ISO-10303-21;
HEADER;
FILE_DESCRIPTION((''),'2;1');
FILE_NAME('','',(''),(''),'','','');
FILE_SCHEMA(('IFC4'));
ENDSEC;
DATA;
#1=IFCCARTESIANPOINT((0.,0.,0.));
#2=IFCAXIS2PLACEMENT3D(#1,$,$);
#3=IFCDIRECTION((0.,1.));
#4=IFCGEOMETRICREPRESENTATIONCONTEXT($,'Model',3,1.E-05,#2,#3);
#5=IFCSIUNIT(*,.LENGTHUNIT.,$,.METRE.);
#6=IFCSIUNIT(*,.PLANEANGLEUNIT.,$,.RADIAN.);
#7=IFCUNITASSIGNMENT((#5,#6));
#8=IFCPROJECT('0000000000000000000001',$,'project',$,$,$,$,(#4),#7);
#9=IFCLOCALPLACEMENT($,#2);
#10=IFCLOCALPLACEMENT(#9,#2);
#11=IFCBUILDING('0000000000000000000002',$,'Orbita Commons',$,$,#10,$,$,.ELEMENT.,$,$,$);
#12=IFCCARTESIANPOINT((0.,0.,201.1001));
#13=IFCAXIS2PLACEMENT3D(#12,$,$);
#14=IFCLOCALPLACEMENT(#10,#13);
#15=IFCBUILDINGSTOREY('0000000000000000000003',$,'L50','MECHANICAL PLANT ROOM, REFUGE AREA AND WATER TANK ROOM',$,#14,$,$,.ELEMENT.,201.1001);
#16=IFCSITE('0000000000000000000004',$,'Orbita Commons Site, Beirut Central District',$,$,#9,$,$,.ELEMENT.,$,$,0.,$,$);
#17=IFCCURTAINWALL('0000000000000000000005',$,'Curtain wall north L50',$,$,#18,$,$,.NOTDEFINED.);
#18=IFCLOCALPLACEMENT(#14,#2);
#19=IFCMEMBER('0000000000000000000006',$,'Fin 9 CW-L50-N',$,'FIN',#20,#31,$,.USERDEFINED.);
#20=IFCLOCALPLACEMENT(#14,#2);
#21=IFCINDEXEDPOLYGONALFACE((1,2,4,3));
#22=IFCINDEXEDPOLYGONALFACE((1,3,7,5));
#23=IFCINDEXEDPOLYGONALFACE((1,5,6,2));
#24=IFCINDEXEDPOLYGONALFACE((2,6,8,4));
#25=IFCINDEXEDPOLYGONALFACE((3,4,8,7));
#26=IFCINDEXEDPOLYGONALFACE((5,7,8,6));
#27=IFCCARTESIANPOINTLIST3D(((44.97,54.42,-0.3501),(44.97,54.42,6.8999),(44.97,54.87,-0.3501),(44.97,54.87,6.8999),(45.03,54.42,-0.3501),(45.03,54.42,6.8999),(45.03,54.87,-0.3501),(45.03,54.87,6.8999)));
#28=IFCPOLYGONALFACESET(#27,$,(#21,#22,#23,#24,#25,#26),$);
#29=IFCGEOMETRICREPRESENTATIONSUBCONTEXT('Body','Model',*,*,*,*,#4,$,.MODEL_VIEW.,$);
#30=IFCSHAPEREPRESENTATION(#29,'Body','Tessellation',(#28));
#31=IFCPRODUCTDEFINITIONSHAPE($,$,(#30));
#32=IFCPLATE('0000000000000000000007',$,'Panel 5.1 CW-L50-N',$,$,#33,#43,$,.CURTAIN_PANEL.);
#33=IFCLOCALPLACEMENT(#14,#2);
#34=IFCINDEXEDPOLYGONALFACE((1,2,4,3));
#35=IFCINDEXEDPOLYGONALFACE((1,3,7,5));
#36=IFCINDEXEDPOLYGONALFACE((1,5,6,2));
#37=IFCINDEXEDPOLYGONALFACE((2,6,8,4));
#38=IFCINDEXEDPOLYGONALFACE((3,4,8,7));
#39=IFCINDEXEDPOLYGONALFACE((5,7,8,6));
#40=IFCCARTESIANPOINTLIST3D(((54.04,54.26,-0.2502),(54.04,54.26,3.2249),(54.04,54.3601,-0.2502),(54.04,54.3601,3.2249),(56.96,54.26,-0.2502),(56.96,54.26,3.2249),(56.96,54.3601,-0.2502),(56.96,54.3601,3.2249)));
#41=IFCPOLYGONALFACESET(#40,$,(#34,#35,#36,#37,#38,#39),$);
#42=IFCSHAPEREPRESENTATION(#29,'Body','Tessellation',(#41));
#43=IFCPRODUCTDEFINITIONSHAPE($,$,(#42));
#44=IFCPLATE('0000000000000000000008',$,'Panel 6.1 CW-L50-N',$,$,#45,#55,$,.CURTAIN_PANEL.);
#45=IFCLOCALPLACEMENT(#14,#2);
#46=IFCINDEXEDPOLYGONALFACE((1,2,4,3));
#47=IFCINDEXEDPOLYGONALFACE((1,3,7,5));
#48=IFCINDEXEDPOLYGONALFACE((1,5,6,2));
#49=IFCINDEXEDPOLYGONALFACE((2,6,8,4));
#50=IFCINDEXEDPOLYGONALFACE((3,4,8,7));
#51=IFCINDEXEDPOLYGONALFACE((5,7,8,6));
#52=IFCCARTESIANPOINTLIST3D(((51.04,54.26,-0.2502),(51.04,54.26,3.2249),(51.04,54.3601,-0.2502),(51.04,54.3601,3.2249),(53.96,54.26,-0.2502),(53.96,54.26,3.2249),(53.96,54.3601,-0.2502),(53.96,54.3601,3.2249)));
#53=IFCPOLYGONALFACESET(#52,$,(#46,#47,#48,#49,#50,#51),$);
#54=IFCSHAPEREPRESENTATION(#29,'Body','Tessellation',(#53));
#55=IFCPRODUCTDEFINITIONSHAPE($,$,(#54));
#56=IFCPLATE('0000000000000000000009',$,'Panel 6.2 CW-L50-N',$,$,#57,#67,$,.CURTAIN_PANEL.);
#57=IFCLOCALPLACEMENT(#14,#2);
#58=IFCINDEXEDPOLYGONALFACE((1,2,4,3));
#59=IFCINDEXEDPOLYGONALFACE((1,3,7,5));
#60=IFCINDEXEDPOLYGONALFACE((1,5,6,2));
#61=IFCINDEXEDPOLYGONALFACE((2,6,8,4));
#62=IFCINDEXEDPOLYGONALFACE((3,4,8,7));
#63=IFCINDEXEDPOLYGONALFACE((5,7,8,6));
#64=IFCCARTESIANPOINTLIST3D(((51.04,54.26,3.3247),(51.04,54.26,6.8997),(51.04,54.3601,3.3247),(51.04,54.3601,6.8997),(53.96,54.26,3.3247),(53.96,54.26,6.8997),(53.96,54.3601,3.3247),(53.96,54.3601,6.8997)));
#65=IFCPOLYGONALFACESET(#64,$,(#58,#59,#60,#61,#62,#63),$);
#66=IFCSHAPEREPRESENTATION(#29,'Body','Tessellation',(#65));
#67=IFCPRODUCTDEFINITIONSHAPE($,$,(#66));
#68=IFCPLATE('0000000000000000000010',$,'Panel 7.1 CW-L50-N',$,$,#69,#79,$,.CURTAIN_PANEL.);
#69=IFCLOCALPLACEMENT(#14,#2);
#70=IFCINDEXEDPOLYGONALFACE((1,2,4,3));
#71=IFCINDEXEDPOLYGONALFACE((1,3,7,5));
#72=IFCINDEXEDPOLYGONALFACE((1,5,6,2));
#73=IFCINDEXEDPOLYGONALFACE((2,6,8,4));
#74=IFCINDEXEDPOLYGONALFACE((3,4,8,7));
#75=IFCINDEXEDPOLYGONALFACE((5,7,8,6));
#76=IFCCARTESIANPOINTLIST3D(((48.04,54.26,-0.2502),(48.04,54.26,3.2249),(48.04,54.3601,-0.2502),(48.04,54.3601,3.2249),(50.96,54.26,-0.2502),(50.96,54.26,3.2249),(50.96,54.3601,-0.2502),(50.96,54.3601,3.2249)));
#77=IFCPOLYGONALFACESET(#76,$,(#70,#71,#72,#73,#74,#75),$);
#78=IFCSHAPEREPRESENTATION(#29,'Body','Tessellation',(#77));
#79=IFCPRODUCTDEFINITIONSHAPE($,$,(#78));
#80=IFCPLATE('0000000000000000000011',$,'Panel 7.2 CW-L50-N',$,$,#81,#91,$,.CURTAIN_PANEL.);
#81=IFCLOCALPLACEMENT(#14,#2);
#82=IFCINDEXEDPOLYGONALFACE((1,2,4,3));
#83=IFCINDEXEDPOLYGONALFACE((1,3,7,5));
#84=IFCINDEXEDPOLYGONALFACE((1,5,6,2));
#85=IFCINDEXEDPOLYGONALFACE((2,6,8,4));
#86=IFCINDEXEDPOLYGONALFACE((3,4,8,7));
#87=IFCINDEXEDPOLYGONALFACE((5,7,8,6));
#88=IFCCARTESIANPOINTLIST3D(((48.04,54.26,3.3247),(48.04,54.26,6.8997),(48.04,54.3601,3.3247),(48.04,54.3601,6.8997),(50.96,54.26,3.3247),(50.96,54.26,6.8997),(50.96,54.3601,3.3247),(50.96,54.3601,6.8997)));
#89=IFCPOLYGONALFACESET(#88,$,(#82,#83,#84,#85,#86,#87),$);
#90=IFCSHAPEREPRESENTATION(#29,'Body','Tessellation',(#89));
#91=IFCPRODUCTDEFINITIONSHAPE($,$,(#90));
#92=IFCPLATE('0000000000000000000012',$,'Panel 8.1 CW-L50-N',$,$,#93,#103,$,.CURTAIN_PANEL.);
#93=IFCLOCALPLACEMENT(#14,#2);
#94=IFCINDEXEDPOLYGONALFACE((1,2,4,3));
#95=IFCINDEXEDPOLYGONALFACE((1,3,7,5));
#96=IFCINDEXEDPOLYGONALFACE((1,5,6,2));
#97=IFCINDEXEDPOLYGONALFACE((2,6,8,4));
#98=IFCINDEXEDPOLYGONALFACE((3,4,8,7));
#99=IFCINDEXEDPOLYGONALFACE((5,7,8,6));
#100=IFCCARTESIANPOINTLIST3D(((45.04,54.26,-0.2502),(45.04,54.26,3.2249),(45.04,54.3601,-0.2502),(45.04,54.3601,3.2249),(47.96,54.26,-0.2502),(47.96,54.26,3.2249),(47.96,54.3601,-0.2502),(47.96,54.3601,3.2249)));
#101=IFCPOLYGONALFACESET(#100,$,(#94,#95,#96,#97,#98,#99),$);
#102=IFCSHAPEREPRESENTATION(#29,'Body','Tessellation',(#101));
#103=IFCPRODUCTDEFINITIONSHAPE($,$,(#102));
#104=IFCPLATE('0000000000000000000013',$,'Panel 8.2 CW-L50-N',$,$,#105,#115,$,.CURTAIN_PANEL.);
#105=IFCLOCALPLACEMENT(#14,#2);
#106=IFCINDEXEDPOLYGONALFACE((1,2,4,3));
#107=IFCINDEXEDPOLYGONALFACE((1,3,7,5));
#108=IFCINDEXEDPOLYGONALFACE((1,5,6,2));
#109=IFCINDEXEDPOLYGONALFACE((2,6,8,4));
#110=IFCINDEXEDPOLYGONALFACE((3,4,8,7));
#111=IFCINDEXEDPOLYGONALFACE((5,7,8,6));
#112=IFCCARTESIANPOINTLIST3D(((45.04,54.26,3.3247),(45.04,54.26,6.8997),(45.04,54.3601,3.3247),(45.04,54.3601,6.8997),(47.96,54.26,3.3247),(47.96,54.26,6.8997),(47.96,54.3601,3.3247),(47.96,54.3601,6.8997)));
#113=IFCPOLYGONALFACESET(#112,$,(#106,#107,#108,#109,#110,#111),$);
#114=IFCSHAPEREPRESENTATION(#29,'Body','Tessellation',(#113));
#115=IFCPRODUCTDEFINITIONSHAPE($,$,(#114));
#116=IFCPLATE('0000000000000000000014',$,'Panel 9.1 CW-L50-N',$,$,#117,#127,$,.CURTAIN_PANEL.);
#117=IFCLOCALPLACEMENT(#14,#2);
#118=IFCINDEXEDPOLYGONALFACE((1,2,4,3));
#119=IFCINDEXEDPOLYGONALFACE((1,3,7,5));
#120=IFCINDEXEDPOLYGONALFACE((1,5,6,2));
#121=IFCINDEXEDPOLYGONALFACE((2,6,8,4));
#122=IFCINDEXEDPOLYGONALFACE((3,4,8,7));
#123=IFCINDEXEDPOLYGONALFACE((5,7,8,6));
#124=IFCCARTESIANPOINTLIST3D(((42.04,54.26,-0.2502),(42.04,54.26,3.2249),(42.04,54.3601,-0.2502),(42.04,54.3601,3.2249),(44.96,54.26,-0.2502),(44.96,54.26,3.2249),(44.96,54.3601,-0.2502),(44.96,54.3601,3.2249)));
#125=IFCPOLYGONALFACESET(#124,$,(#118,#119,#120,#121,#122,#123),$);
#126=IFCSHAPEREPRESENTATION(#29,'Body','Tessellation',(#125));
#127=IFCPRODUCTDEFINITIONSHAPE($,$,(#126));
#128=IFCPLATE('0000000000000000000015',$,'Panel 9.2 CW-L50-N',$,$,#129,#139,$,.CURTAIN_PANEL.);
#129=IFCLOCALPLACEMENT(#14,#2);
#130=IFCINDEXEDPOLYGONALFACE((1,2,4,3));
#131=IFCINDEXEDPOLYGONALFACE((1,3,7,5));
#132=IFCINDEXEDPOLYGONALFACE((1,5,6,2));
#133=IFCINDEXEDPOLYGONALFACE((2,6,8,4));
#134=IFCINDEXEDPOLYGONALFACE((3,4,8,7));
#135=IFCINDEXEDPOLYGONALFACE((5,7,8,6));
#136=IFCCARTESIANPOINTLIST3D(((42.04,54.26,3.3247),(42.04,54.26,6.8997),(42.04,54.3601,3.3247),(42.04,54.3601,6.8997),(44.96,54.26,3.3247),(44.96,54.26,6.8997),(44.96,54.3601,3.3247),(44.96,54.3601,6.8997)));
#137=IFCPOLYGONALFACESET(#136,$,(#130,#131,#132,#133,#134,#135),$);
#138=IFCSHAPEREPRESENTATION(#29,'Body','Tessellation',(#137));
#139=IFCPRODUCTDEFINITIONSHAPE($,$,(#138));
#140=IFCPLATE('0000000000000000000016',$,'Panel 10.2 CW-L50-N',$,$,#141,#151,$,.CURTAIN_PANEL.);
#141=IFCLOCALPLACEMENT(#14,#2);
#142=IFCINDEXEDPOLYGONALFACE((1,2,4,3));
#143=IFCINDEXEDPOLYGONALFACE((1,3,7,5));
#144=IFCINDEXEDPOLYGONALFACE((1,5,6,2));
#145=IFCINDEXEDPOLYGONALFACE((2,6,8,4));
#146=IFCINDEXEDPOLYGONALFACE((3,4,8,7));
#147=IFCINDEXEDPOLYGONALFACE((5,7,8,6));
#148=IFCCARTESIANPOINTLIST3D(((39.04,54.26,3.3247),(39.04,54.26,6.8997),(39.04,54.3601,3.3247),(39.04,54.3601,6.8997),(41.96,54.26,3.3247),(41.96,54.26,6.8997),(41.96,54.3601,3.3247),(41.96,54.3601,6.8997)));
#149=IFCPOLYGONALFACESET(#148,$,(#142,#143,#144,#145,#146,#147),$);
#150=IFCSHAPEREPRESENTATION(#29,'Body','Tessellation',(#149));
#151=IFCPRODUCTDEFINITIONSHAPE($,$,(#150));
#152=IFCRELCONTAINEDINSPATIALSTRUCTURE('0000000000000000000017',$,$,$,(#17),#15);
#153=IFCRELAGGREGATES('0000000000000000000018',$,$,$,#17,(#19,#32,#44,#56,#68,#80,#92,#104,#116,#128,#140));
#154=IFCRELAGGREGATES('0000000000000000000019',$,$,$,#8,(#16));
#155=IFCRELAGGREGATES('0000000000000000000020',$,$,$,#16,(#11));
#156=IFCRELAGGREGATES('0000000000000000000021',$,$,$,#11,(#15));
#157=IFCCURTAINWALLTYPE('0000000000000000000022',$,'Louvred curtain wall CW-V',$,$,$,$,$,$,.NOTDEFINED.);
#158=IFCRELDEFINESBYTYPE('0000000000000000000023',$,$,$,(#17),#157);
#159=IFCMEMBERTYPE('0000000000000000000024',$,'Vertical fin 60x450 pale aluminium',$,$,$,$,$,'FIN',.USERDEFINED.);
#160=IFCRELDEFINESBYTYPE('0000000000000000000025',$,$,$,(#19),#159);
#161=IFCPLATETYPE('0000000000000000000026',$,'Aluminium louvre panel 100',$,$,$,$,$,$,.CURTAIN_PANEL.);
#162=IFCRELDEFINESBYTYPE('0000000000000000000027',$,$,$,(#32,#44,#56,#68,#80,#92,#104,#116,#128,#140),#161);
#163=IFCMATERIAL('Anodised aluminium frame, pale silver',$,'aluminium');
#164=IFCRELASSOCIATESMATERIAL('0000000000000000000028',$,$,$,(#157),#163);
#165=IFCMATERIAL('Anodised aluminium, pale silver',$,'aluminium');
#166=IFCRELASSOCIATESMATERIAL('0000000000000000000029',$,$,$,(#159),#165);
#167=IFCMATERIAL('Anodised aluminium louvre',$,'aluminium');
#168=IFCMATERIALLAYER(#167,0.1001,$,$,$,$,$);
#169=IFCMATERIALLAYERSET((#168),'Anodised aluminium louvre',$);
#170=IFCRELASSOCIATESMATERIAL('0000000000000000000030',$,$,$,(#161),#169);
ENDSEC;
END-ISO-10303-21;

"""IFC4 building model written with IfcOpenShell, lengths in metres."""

from ifc_helpers import new_model, si_unit, direction, frame, origin, origin_2d, place, context, subcontext, project, spatial, rectangle, extrude, material, layer, layer_set, material_profile, profile_set, type_object, element, aggregate, save


model = new_model("IFC4")

# Units and contexts
model_context = context("Model", 3, precision=1e-05, world=origin(), true_north=direction((0.0, 1.0)))
body_context = subcontext(model_context, "Body", "Model", "MODEL_VIEW")
ifc_project = project(units=[si_unit("LENGTHUNIT", "METRE"), si_unit("PLANEANGLEUNIT", "RADIAN")], contexts=[model_context])

# Site, building, storey
site_placement = place(None, origin())
site = spatial("IfcSite", under=ifc_project, at=site_placement, Name="Orbita Commons Site, Beirut Central District", CompositionType="ELEMENT", RefElevation=0.0)
building_placement = place(site_placement, origin())
building = spatial("IfcBuilding", under=site, at=building_placement, Name="Orbita Commons", CompositionType="ELEMENT")
storey_placement = place(building_placement, frame((0.0, 0.0, 201.1001)))
storey = spatial("IfcBuildingStorey", under=building, at=storey_placement, Name="L50", Description="MECHANICAL PLANT ROOM, REFUGE AREA AND WATER TANK ROOM", CompositionType="ELEMENT", Elevation=201.1001)

# Curtain wall, member, plates
ifc_material_1 = material(Name="Anodised aluminium frame, pale silver", Category="aluminium")
curtain_wall_type = type_object("IfcCurtainWallType", Name="Louvred curtain wall CW-V", PredefinedType="NOTDEFINED", material=ifc_material_1)
curtain_wall_placement = place(storey_placement, origin())
curtain_wall = element("IfcCurtainWall", 1, at=curtain_wall_placement, inside=storey, type_object=curtain_wall_type, Name="Curtain wall north L50", PredefinedType="NOTDEFINED")
ifc_material_2 = material(Name="Anodised aluminium, pale silver", Category="aluminium")
ifc_material_profile_1 = material_profile(ifc_material_2, rectangle(XDim=0.0601, YDim=0.45, at=origin_2d()), Name="FIN 60x450")
ifc_profile_set_1 = profile_set([ifc_material_profile_1], Name="Anodised aluminium, pale silver")
member_type_1 = type_object("IfcMemberType", Name="Vertical fin 60x450 pale aluminium", ElementType="FIN", PredefinedType="USERDEFINED", material=ifc_profile_set_1)
member_1_placement = place(storey_placement, frame((45.0, 54.645, -0.3501), z_axis=(0.0, 0.0, 1.0), x_axis=(-1.0, 0.0, 0.0)))
member_1 = element("IfcMember", 2, at=member_1_placement, type_object=member_type_1, Name="Fin 9 CW-L50-N", ObjectType="FIN", PredefinedType="USERDEFINED", context=body_context, shape_type="SweptSolid", body=[
    extrude(rectangle(XDim=0.0601, YDim=0.45, at=origin_2d()), origin(), (0.0, 0.0, 1.0), 7.25),
])
ifc_material_3 = material(Name="Anodised aluminium louvre", Category="aluminium")
ifc_layer = layer(ifc_material_3, 0.1001)
ifc_layer_set = layer_set([ifc_layer], Name="Anodised aluminium louvre")
plate_type = type_object("IfcPlateType", Name="Aluminium louvre panel 100", PredefinedType="CURTAIN_PANEL", material=ifc_layer_set)
plate_1_placement = place(storey_placement, frame((55.5, 54.3101, -0.2502), z_axis=(0.0, 0.0, 1.0), x_axis=(-1.0, 0.0, 0.0)))
plate_1 = element("IfcPlate", 3, at=plate_1_placement, type_object=plate_type, Name="Panel 5.1 CW-L50-N", PredefinedType="CURTAIN_PANEL", context=body_context, shape_type="SweptSolid", body=[
    extrude(rectangle(XDim=2.9199, YDim=0.1001, at=origin_2d()), origin(), (0.0, 0.0, 1.0), 3.4751),
])
plate_2_placement = place(storey_placement, frame((52.5, 54.3101, -0.2502), z_axis=(0.0, 0.0, 1.0), x_axis=(-1.0, 0.0, 0.0)))
plate_2 = element("IfcPlate", 4, at=plate_2_placement, type_object=plate_type, Name="Panel 6.1 CW-L50-N", PredefinedType="CURTAIN_PANEL", context=body_context, shape_type="SweptSolid", body=[
    extrude(rectangle(XDim=2.9199, YDim=0.1001, at=origin_2d()), origin(), (0.0, 0.0, 1.0), 3.4751),
])
plate_3_placement = place(storey_placement, frame((52.5, 54.3101, 3.3247), z_axis=(0.0, 0.0, 1.0), x_axis=(-1.0, 0.0, 0.0)))
plate_3 = element("IfcPlate", 5, at=plate_3_placement, type_object=plate_type, Name="Panel 6.2 CW-L50-N", PredefinedType="CURTAIN_PANEL", context=body_context, shape_type="SweptSolid", body=[
    extrude(rectangle(XDim=2.9199, YDim=0.1001, at=origin_2d()), origin(), (0.0, 0.0, 1.0), 3.575),
])
plate_4_placement = place(storey_placement, frame((49.5, 54.3101, -0.2502), z_axis=(0.0, 0.0, 1.0), x_axis=(-1.0, 0.0, 0.0)))
plate_4 = element("IfcPlate", 6, at=plate_4_placement, type_object=plate_type, Name="Panel 7.1 CW-L50-N", PredefinedType="CURTAIN_PANEL", context=body_context, shape_type="SweptSolid", body=[
    extrude(rectangle(XDim=2.9199, YDim=0.1001, at=origin_2d()), origin(), (0.0, 0.0, 1.0), 3.4751),
])
plate_5_placement = place(storey_placement, frame((49.5, 54.3101, 3.3247), z_axis=(0.0, 0.0, 1.0), x_axis=(-1.0, 0.0, 0.0)))
plate_5 = element("IfcPlate", 7, at=plate_5_placement, type_object=plate_type, Name="Panel 7.2 CW-L50-N", PredefinedType="CURTAIN_PANEL", context=body_context, shape_type="SweptSolid", body=[
    extrude(rectangle(XDim=2.9199, YDim=0.1001, at=origin_2d()), origin(), (0.0, 0.0, 1.0), 3.575),
])
plate_6_placement = place(storey_placement, frame((46.5, 54.3101, -0.2502), z_axis=(0.0, 0.0, 1.0), x_axis=(-1.0, 0.0, 0.0)))
plate_6 = element("IfcPlate", 8, at=plate_6_placement, type_object=plate_type, Name="Panel 8.1 CW-L50-N", PredefinedType="CURTAIN_PANEL", context=body_context, shape_type="SweptSolid", body=[
    extrude(rectangle(XDim=2.9199, YDim=0.1001, at=origin_2d()), origin(), (0.0, 0.0, 1.0), 3.4751),
])
plate_7_placement = place(storey_placement, frame((46.5, 54.3101, 3.3247), z_axis=(0.0, 0.0, 1.0), x_axis=(-1.0, 0.0, 0.0)))
plate_7 = element("IfcPlate", 9, at=plate_7_placement, type_object=plate_type, Name="Panel 8.2 CW-L50-N", PredefinedType="CURTAIN_PANEL", context=body_context, shape_type="SweptSolid", body=[
    extrude(rectangle(XDim=2.9199, YDim=0.1001, at=origin_2d()), origin(), (0.0, 0.0, 1.0), 3.575),
])
plate_8_placement = place(storey_placement, frame((43.5, 54.3101, -0.2502), z_axis=(0.0, 0.0, 1.0), x_axis=(-1.0, 0.0, 0.0)))
plate_8 = element("IfcPlate", 10, at=plate_8_placement, type_object=plate_type, Name="Panel 9.1 CW-L50-N", PredefinedType="CURTAIN_PANEL", context=body_context, shape_type="SweptSolid", body=[
    extrude(rectangle(XDim=2.9199, YDim=0.1001, at=origin_2d()), origin(), (0.0, 0.0, 1.0), 3.4751),
])
plate_9_placement = place(storey_placement, frame((43.5, 54.3101, 3.3247), z_axis=(0.0, 0.0, 1.0), x_axis=(-1.0, 0.0, 0.0)))
plate_9 = element("IfcPlate", 11, at=plate_9_placement, type_object=plate_type, Name="Panel 9.2 CW-L50-N", PredefinedType="CURTAIN_PANEL", context=body_context, shape_type="SweptSolid", body=[
    extrude(rectangle(XDim=2.9199, YDim=0.1001, at=origin_2d()), origin(), (0.0, 0.0, 1.0), 3.575),
])
plate_10_placement = place(storey_placement, frame((40.5, 54.3101, 3.3247), z_axis=(0.0, 0.0, 1.0), x_axis=(-1.0, 0.0, 0.0)))
plate_10 = element("IfcPlate", 12, at=plate_10_placement, type_object=plate_type, Name="Panel 10.2 CW-L50-N", PredefinedType="CURTAIN_PANEL", context=body_context, shape_type="SweptSolid", body=[
    extrude(rectangle(XDim=2.9199, YDim=0.1001, at=origin_2d()), origin(), (0.0, 0.0, 1.0), 3.575),
])
aggregate(curtain_wall, [member_1, plate_1, plate_2, plate_3, plate_4, plate_5, plate_6, plate_7, plate_8, plate_9, plate_10])

save(model, "model.ifc")
